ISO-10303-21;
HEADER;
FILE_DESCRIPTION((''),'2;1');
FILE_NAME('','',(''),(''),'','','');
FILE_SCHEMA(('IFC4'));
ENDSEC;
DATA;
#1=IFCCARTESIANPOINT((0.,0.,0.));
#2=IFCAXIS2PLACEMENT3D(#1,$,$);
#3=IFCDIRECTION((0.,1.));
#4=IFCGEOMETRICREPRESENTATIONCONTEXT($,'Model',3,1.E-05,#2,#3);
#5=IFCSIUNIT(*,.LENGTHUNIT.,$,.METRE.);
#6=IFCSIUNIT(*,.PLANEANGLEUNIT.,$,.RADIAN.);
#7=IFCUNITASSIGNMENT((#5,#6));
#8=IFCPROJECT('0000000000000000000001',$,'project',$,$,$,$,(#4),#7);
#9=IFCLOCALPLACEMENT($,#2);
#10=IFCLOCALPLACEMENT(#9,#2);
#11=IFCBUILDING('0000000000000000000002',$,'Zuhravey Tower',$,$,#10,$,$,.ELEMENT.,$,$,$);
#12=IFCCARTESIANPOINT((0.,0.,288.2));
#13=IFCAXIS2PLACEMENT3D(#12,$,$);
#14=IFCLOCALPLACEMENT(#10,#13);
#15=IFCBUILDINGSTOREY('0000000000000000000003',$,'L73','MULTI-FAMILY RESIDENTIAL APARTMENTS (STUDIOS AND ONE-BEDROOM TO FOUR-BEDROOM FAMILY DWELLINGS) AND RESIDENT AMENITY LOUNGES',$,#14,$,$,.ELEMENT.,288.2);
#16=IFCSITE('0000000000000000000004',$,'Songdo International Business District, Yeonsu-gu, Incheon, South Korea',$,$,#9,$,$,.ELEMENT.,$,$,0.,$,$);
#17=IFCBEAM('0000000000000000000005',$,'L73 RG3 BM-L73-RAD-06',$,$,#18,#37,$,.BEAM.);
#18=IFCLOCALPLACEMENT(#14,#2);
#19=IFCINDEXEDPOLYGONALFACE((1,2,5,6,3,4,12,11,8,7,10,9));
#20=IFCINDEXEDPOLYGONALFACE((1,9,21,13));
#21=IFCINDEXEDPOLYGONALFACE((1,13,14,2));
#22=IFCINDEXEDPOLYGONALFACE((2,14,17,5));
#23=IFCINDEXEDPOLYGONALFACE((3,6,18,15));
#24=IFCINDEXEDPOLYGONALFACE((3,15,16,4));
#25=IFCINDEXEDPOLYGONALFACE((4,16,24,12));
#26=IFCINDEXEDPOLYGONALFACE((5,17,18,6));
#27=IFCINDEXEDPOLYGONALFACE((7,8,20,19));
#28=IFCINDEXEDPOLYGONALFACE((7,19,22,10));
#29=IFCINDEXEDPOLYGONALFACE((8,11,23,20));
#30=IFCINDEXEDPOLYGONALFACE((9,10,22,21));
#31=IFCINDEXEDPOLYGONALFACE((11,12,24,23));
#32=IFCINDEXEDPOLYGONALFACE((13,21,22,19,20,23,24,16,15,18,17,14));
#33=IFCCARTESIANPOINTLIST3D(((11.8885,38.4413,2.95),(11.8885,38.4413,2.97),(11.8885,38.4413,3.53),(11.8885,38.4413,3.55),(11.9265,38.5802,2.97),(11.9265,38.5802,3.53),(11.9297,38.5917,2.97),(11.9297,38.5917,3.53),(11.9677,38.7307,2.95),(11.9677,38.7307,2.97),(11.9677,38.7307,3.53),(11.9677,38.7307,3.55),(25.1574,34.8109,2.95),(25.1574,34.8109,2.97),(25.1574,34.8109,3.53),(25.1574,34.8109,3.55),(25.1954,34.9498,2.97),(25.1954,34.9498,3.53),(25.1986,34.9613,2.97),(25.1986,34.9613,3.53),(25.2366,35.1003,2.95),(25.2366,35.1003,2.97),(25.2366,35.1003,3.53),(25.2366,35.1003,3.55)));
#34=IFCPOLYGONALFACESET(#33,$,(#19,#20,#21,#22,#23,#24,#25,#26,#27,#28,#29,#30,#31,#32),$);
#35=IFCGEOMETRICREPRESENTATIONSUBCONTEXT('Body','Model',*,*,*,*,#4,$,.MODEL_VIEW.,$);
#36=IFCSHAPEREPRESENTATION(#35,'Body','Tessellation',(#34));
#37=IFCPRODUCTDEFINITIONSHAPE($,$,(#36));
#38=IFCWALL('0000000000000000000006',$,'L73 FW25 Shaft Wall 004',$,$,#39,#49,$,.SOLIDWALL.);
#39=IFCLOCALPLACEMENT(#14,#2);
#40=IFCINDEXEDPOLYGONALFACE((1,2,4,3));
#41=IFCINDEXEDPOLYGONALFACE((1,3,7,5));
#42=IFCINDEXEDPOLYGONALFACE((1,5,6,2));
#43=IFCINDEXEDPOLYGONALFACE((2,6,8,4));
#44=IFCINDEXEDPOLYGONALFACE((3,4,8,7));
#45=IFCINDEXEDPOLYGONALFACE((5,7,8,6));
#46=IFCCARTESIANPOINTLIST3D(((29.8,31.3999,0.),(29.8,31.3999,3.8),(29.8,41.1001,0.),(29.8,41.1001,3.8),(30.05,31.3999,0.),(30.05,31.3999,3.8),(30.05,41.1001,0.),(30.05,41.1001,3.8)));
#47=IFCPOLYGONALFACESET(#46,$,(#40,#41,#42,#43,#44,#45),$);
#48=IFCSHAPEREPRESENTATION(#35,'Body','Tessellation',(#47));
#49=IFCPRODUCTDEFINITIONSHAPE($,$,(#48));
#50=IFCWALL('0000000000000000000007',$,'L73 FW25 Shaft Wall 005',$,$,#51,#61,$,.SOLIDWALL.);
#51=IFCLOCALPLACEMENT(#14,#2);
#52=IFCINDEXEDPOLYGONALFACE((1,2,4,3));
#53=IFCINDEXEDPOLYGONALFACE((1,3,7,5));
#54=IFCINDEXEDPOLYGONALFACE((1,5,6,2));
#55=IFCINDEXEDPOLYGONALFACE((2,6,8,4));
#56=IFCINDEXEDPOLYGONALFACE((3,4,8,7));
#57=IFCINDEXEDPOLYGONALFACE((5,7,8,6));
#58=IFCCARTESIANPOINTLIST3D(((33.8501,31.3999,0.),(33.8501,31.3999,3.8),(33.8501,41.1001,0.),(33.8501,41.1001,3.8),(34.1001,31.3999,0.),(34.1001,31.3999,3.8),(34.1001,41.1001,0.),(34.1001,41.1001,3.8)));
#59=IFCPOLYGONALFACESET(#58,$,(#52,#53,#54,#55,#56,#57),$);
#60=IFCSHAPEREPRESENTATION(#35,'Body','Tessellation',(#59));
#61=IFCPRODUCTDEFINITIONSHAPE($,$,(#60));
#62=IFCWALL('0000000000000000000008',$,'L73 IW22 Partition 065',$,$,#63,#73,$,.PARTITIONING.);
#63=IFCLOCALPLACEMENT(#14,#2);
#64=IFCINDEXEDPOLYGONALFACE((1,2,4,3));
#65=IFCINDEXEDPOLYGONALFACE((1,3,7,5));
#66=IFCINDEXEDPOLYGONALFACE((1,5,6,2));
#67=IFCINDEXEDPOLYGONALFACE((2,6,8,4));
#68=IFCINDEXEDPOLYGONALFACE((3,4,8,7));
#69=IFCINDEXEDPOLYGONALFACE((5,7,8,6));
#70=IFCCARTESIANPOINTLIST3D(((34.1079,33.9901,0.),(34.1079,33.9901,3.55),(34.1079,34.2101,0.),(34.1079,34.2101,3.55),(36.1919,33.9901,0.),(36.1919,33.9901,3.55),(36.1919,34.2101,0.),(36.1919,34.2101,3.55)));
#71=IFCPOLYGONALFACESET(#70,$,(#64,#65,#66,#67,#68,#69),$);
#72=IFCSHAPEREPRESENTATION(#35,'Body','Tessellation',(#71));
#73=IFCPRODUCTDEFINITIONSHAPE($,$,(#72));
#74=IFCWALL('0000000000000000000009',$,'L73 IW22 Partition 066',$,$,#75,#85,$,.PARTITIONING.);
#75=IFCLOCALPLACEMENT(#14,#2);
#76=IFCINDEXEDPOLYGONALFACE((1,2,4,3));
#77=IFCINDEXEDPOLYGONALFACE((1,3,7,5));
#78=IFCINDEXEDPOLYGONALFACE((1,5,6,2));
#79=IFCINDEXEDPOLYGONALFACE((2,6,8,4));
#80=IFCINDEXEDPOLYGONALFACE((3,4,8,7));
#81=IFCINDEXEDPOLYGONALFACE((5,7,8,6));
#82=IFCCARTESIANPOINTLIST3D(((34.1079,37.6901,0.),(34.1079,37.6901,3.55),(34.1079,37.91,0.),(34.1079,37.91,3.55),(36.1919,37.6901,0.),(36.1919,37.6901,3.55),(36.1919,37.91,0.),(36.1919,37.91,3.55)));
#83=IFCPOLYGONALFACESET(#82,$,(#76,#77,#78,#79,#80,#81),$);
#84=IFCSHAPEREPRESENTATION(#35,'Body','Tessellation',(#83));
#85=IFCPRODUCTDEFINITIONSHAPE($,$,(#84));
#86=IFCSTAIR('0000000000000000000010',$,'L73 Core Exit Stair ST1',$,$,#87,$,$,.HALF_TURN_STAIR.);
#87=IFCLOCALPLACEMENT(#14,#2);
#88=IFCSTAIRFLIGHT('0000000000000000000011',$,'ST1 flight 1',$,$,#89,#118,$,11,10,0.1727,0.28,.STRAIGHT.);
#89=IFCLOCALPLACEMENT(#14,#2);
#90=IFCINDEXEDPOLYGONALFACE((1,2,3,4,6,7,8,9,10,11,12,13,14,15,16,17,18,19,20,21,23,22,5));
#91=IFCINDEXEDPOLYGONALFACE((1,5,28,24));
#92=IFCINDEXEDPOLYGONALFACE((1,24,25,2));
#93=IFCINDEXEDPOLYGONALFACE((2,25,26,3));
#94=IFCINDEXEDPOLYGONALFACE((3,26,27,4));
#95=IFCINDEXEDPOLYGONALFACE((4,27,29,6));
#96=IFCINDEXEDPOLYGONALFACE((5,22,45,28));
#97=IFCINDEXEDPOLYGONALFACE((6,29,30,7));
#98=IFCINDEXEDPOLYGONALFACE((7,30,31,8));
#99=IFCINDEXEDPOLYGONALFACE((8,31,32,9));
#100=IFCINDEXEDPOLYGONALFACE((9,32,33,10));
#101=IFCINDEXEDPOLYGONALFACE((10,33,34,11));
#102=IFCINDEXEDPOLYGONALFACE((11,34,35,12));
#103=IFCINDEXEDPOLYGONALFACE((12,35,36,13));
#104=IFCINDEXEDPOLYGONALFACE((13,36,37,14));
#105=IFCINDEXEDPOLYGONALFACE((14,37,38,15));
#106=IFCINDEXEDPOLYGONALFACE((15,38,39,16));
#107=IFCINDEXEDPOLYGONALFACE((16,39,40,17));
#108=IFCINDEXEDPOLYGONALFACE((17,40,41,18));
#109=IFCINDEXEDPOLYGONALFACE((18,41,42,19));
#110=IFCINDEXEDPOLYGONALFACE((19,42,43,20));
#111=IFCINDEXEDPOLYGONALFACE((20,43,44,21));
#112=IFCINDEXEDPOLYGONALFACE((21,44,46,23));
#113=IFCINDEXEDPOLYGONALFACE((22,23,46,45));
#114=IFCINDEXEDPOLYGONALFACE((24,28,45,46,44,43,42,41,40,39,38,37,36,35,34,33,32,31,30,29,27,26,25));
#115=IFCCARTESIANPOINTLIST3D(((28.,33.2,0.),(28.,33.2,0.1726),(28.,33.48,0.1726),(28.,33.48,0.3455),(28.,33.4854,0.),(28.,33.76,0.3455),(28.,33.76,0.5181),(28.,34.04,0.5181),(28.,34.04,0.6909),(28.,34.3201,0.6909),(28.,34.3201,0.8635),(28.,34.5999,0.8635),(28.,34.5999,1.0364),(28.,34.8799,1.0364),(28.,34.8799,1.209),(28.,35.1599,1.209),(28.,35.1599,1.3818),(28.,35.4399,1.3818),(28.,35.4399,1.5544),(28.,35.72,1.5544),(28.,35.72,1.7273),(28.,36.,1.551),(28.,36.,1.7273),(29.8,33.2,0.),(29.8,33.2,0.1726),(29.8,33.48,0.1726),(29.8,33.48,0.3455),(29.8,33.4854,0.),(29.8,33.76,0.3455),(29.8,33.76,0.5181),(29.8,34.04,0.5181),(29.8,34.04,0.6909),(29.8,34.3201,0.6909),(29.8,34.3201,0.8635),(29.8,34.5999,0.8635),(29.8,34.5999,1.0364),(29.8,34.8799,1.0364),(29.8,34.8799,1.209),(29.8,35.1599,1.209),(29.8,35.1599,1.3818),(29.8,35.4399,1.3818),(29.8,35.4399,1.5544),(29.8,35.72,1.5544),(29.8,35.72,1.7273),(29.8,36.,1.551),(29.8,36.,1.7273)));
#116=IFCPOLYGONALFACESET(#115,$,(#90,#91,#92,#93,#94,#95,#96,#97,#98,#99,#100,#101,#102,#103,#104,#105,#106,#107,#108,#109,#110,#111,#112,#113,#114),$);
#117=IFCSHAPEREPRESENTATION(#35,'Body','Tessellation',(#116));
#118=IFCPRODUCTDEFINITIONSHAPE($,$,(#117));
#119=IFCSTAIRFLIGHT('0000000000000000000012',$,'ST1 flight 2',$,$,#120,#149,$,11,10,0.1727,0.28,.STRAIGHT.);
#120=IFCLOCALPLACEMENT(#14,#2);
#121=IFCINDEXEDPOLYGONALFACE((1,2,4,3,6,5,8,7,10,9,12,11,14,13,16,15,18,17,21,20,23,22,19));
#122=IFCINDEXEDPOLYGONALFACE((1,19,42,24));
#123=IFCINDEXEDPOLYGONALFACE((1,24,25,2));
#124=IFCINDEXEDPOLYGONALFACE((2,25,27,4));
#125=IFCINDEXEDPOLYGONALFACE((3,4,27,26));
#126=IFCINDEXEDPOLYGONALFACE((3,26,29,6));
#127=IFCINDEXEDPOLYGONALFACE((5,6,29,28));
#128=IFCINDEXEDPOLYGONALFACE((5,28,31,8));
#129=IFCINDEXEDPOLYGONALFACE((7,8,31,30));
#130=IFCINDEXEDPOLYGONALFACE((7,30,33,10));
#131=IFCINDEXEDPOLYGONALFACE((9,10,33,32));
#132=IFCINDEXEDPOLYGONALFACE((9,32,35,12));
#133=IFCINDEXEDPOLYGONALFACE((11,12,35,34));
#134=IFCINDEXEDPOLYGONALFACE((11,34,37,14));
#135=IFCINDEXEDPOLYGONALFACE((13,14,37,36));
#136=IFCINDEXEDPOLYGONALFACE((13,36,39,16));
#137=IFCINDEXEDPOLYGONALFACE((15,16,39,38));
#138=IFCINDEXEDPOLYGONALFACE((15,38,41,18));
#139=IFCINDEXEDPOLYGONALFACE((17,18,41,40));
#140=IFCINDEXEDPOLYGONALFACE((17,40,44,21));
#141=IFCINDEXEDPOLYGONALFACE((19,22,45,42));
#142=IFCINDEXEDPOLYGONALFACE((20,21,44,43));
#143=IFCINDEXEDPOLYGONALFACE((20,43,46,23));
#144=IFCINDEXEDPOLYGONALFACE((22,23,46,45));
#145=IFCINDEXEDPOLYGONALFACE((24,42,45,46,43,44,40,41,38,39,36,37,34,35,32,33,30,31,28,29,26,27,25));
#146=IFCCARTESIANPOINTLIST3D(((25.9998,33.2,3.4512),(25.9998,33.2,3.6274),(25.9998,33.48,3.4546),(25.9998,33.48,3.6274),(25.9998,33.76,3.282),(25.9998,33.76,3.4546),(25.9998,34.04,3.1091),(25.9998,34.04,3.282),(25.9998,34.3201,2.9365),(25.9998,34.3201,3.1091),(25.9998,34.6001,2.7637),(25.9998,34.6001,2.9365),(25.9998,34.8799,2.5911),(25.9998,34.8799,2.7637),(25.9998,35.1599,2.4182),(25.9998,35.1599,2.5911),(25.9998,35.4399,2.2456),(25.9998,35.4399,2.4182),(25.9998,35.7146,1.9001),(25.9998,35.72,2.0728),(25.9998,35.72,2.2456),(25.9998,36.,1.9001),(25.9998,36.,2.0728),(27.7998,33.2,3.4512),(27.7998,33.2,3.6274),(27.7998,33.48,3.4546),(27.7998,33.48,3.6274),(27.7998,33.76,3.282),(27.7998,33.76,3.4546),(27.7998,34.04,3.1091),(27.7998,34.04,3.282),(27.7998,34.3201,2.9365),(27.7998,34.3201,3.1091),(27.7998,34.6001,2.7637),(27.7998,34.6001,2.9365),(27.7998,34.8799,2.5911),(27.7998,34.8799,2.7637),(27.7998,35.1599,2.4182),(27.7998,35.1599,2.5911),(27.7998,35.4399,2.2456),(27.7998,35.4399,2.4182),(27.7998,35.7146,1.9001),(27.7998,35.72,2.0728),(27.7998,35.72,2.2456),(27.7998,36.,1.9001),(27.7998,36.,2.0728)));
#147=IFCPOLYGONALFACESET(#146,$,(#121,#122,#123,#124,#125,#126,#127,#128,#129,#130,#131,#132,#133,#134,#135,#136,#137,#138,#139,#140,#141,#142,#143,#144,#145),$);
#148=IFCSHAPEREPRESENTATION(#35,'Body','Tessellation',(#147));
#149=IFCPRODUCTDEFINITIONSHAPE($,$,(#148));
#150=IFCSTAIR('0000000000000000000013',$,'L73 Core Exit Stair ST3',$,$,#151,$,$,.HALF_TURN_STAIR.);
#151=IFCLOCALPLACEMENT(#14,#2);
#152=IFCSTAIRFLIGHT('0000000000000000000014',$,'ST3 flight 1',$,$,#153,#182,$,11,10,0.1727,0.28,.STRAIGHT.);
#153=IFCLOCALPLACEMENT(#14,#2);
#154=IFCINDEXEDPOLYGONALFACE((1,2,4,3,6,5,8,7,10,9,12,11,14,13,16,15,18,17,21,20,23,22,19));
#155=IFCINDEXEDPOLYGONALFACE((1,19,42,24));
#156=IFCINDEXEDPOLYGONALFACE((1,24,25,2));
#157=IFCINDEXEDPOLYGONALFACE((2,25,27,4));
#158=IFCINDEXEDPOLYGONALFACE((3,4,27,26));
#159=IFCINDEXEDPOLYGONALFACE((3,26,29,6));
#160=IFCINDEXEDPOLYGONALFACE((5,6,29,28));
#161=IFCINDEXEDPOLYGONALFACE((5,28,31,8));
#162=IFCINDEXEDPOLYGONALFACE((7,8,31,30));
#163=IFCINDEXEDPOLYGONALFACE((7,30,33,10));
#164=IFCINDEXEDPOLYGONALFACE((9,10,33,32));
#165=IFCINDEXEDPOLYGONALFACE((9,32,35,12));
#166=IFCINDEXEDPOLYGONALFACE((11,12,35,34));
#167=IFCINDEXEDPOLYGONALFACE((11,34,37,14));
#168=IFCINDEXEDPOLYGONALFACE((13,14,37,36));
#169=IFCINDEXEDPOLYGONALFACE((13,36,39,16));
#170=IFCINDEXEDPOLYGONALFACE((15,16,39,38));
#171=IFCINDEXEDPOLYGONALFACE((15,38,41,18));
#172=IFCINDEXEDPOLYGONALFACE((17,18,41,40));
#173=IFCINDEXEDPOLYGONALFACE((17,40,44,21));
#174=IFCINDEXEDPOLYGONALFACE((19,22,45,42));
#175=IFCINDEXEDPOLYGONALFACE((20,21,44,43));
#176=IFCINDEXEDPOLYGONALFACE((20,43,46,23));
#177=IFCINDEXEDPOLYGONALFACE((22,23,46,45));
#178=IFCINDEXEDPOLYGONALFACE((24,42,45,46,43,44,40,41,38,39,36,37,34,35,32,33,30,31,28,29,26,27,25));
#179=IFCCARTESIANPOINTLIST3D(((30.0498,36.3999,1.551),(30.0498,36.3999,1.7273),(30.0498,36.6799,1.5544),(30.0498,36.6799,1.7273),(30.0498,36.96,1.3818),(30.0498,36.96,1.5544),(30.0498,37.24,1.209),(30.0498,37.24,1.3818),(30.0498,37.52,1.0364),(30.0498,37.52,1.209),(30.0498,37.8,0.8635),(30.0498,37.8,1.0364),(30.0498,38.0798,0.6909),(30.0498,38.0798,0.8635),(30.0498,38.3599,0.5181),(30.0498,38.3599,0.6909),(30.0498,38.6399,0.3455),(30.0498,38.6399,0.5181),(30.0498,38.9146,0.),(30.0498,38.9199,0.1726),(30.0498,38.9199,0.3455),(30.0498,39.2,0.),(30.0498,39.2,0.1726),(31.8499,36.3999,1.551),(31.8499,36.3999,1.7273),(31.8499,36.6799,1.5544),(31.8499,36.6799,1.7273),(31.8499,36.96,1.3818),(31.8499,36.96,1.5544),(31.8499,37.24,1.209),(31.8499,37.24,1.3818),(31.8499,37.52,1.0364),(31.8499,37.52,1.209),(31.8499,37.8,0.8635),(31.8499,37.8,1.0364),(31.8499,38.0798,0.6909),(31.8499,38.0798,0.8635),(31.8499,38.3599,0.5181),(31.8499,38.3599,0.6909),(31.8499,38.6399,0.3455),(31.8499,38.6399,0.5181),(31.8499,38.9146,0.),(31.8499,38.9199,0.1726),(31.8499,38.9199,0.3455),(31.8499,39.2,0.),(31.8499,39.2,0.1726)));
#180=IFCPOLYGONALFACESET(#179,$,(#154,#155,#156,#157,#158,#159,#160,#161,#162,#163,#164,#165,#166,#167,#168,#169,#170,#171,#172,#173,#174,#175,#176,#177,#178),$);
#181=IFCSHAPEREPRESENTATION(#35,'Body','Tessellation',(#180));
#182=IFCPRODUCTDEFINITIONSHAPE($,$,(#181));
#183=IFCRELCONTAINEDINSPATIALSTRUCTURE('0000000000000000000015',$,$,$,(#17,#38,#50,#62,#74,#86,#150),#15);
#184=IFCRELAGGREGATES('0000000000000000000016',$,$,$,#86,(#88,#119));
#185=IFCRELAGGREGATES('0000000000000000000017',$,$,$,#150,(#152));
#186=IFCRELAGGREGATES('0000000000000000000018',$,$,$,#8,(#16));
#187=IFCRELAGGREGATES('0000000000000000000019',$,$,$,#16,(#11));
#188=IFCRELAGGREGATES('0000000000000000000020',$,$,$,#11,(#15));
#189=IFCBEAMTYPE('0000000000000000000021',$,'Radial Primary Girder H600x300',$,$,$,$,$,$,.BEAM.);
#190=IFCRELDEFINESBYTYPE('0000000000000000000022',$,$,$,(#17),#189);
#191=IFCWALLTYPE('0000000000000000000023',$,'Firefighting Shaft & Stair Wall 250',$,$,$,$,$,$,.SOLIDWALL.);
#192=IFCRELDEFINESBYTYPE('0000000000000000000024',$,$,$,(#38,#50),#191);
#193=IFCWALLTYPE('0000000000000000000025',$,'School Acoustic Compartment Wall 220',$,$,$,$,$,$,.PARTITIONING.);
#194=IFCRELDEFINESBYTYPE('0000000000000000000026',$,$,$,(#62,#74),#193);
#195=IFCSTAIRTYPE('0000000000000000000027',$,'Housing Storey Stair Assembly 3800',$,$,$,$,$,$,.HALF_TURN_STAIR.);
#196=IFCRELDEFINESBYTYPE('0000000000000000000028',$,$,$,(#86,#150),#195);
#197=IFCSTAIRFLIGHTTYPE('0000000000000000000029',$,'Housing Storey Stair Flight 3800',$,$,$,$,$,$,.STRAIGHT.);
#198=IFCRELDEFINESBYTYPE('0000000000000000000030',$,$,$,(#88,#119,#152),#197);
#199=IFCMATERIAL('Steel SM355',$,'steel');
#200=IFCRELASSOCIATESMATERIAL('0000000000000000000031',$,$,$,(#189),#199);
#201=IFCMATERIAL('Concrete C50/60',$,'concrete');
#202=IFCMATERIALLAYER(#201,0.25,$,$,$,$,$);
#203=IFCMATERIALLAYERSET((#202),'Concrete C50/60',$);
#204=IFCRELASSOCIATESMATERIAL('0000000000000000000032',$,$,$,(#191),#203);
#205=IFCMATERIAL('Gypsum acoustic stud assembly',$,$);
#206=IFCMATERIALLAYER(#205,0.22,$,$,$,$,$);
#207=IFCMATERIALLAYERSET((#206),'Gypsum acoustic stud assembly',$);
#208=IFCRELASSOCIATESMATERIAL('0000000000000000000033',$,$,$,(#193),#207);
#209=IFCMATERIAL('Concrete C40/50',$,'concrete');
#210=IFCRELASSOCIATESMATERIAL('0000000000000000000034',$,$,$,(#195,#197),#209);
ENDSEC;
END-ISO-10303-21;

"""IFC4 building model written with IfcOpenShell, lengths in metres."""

from ifc_helpers import new_model, si_unit, direction, frame, frame_2d, origin, origin_2d, place, context, subcontext, project, spatial, polyline, rectangle, i_section, outline, extrude, material, layer, layer_set, material_profile, profile_set, type_object, element, aggregate, save


model = new_model("IFC4")

# Units and contexts
model_context = context("Model", 3, precision=1e-05, world=origin(), true_north=direction((0.0, 1.0)))
body_context = subcontext(model_context, "Body", "Model", "MODEL_VIEW")
ifc_project = project(units=[si_unit("LENGTHUNIT", "METRE"), si_unit("PLANEANGLEUNIT", "RADIAN")], contexts=[model_context])

# Site, building, storey
site_placement = place(None, origin())
site = spatial("IfcSite", under=ifc_project, at=site_placement, Name="Songdo International Business District, Yeonsu-gu, Incheon, South Korea", CompositionType="ELEMENT", RefElevation=0.0)
building_placement = place(site_placement, origin())
building = spatial("IfcBuilding", under=site, at=building_placement, Name="Zuhravey Tower", CompositionType="ELEMENT")
storey_placement = place(building_placement, frame((0.0, 0.0, 288.2)))
storey = spatial("IfcBuildingStorey", under=building, at=storey_placement, Name="L73", Description="MULTI-FAMILY RESIDENTIAL APARTMENTS (STUDIOS AND ONE-BEDROOM TO FOUR-BEDROOM FAMILY DWELLINGS) AND RESIDENT AMENITY LOUNGES", CompositionType="ELEMENT", Elevation=288.2)

# Beam
ifc_material_1 = material(Name="Steel SM355", Category="steel")
ifc_material_profile = material_profile(ifc_material_1, i_section(OverallWidth=0.3, OverallDepth=0.6001, WebThickness=0.012, FlangeThickness=0.02, at=origin_2d()), Name="H-600x300x12x20")
ifc_profile_set = profile_set([ifc_material_profile], Name="Steel SM355")
beam_type = type_object("IfcBeamType", Name="Radial Primary Girder H600x300", PredefinedType="BEAM", material=ifc_profile_set)
beam_placement = place(storey_placement, frame((25.197, 34.9556, 3.25), z_axis=(-0.964549, 0.263903, 0.0), x_axis=(-0.263903, -0.964549, 0.0)))
element("IfcBeam", 1, at=beam_placement, inside=storey, type_object=beam_type, Name="L73 RG3 BM-L73-RAD-06", PredefinedType="BEAM", context=body_context, shape_type="SweptSolid", body=[
    extrude(i_section(OverallWidth=0.3, OverallDepth=0.6001, WebThickness=0.012, FlangeThickness=0.02, at=origin_2d()), origin(), (0.0, 0.0, 1.0), 13.7566),
])

# Shared definitions
ifc_material_2 = material(Name="Concrete C50/60", Category="concrete")
ifc_layer_1 = layer(ifc_material_2, 0.25)
ifc_layer_set_1 = layer_set([ifc_layer_1], Name="Concrete C50/60")
wall_type_1 = type_object("IfcWallType", Name="Firefighting Shaft & Stair Wall 250", PredefinedType="SOLIDWALL", material=ifc_layer_set_1)

# Walls
for number, where, z_axis, x_axis, name in (
    (2, (29.925, 31.3999, 0.0), (0.0, 0.0, 1.0), (0.0, 1.0, 0.0), "L73 FW25 Shaft Wall 004"),
    (3, (33.9751, 31.3999, 0.0), (0.0, 0.0, 1.0), (0.0, 1.0, 0.0), "L73 FW25 Shaft Wall 005"),
):
    element("IfcWall", number, at=place(storey_placement, frame(where, z_axis=z_axis, x_axis=x_axis)), inside=storey, type_object=wall_type_1, Name=name, PredefinedType="SOLIDWALL", context=body_context, shape_type="SweptSolid", body=[
        extrude(rectangle(XDim=9.7002, YDim=0.25, at=frame_2d((4.8501, 0.0))), origin(), (0.0, 0.0, 1.0), 3.8),
    ])
ifc_material_3 = material(Name="Gypsum acoustic stud assembly")
ifc_layer_2 = layer(ifc_material_3, 0.22)
ifc_layer_set_2 = layer_set([ifc_layer_2], Name="Gypsum acoustic stud assembly")
wall_type_2 = type_object("IfcWallType", Name="School Acoustic Compartment Wall 220", PredefinedType="PARTITIONING", material=ifc_layer_set_2)
for number, where, z_axis, x_axis, name in (
    (4, (34.1079, 34.1001, 0.0), (0.0, 0.0, 1.0), (1.0, 0.0, 0.0), "L73 IW22 Partition 065"),
    (5, (34.1079, 37.8, 0.0), (0.0, 0.0, 1.0), (1.0, 0.0, 0.0), "L73 IW22 Partition 066"),
):
    element("IfcWall", number, at=place(storey_placement, frame(where, z_axis=z_axis, x_axis=x_axis)), inside=storey, type_object=wall_type_2, Name=name, PredefinedType="PARTITIONING", context=body_context, shape_type="SweptSolid", body=[
        extrude(rectangle(XDim=2.084, YDim=0.22, at=frame_2d((1.042, 0.0))), origin(), (0.0, 0.0, 1.0), 3.55),
    ])

# Stairs, stair flights
ifc_material_4 = material(Name="Concrete C40/50", Category="concrete")
stair_type = type_object("IfcStairType", Name="Housing Storey Stair Assembly 3800", PredefinedType="HALF_TURN_STAIR", material=ifc_material_4)
stair_1_placement = place(storey_placement, origin())
stair_1 = element("IfcStair", 6, at=stair_1_placement, inside=storey, type_object=stair_type, Name="L73 Core Exit Stair ST1", PredefinedType="HALF_TURN_STAIR")
stair_flight_type = type_object("IfcStairFlightType", Name="Housing Storey Stair Flight 3800", PredefinedType="STRAIGHT", material=ifc_material_4)
stair_flight_1_placement = place(storey_placement, frame((28.8999, 33.2, 0.0), z_axis=(0.0, 0.0, 1.0), x_axis=(0.0, 1.0, 0.0)))
stair_flight_1 = element("IfcStairFlight", 7, at=stair_flight_1_placement, type_object=stair_flight_type, Name="ST1 flight 1", NumberOfRisers=11, NumberOfTreads=10, PredefinedType="STRAIGHT", RiserHeight=0.1727, TreadLength=0.28, context=body_context, shape_type="SweptSolid", body=[
    extrude(outline(polyline([(0.0, 0.0), (0.0, 0.1726), (0.28, 0.1726), (0.28, 0.3455), (0.5601, 0.3455), (0.5601, 0.5181), (0.8401, 0.5181), (0.8401, 0.6909), (1.1201, 0.6909), (1.1201, 0.8635), (1.3999, 0.8635), (1.3999, 1.0364), (1.6799, 1.0364), (1.6799, 1.209), (1.96, 1.209), (1.96, 1.3818), (2.24, 1.3818), (2.24, 1.5544), (2.52, 1.5544), (2.52, 1.7273), (2.8, 1.7273), (2.8, 1.8999), (2.8, 1.551), (0.2854, 0.0), (0.0, 0.0)])), frame((0.0, 0.8999, 0.0), z_axis=(0.0, -1.0, 0.0), x_axis=(1.0, 0.0, 0.0)), (0.0, 0.0, 1.0), 1.8),
])
stair_flight_2_placement = place(storey_placement, frame((26.8999, 36.0, 1.9001), z_axis=(0.0, 0.0, 1.0), x_axis=(0.0, -1.0, 0.0)))
stair_flight_2 = element("IfcStairFlight", 8, at=stair_flight_2_placement, type_object=stair_flight_type, Name="ST1 flight 2", NumberOfRisers=11, NumberOfTreads=10, PredefinedType="STRAIGHT", RiserHeight=0.1727, TreadLength=0.28, context=body_context, shape_type="SweptSolid", body=[
    extrude(outline(polyline([(0.0, 0.0), (0.0, 0.1726), (0.28, 0.1726), (0.28, 0.3455), (0.5601, 0.3455), (0.5601, 0.5181), (0.8401, 0.5181), (0.8401, 0.6909), (1.1201, 0.6909), (1.1201, 0.8635), (1.3999, 0.8635), (1.3999, 1.0364), (1.6799, 1.0364), (1.6799, 1.209), (1.96, 1.209), (1.96, 1.3818), (2.24, 1.3818), (2.24, 1.5544), (2.52, 1.5544), (2.52, 1.7273), (2.8, 1.7273), (2.8, 1.8999), (2.8, 1.551), (0.2854, 0.0), (0.0, 0.0)])), frame((0.0, 0.8999, 0.0), z_axis=(0.0, -1.0, 0.0), x_axis=(1.0, 0.0, 0.0)), (0.0, 0.0, 1.0), 1.8),
])
aggregate(stair_1, [stair_flight_1, stair_flight_2])
stair_2_placement = place(storey_placement, origin())
stair_2 = element("IfcStair", 9, at=stair_2_placement, inside=storey, type_object=stair_type, Name="L73 Core Exit Stair ST3", PredefinedType="HALF_TURN_STAIR")
stair_flight_3_placement = place(storey_placement, frame((30.95, 39.2, 0.0), z_axis=(0.0, 0.0, 1.0), x_axis=(0.0, -1.0, 0.0)))
stair_flight_3 = element("IfcStairFlight", 10, at=stair_flight_3_placement, type_object=stair_flight_type, Name="ST3 flight 1", NumberOfRisers=11, NumberOfTreads=10, PredefinedType="STRAIGHT", RiserHeight=0.1727, TreadLength=0.28, context=body_context, shape_type="SweptSolid", body=[
    extrude(outline(polyline([(0.0, 0.0), (0.0, 0.1726), (0.28, 0.1726), (0.28, 0.3455), (0.5601, 0.3455), (0.5601, 0.5181), (0.8401, 0.5181), (0.8401, 0.6909), (1.1201, 0.6909), (1.1201, 0.8635), (1.3999, 0.8635), (1.3999, 1.0364), (1.6799, 1.0364), (1.6799, 1.209), (1.96, 1.209), (1.96, 1.3818), (2.24, 1.3818), (2.24, 1.5544), (2.52, 1.5544), (2.52, 1.7273), (2.8, 1.7273), (2.8, 1.8999), (2.8, 1.551), (0.2854, 0.0), (0.0, 0.0)])), frame((0.0, 0.8999, 0.0), z_axis=(0.0, -1.0, 0.0), x_axis=(1.0, 0.0, 0.0)), (0.0, 0.0, 1.0), 1.8),
])
aggregate(stair_2, [stair_flight_3])

save(model, "model.ifc")
